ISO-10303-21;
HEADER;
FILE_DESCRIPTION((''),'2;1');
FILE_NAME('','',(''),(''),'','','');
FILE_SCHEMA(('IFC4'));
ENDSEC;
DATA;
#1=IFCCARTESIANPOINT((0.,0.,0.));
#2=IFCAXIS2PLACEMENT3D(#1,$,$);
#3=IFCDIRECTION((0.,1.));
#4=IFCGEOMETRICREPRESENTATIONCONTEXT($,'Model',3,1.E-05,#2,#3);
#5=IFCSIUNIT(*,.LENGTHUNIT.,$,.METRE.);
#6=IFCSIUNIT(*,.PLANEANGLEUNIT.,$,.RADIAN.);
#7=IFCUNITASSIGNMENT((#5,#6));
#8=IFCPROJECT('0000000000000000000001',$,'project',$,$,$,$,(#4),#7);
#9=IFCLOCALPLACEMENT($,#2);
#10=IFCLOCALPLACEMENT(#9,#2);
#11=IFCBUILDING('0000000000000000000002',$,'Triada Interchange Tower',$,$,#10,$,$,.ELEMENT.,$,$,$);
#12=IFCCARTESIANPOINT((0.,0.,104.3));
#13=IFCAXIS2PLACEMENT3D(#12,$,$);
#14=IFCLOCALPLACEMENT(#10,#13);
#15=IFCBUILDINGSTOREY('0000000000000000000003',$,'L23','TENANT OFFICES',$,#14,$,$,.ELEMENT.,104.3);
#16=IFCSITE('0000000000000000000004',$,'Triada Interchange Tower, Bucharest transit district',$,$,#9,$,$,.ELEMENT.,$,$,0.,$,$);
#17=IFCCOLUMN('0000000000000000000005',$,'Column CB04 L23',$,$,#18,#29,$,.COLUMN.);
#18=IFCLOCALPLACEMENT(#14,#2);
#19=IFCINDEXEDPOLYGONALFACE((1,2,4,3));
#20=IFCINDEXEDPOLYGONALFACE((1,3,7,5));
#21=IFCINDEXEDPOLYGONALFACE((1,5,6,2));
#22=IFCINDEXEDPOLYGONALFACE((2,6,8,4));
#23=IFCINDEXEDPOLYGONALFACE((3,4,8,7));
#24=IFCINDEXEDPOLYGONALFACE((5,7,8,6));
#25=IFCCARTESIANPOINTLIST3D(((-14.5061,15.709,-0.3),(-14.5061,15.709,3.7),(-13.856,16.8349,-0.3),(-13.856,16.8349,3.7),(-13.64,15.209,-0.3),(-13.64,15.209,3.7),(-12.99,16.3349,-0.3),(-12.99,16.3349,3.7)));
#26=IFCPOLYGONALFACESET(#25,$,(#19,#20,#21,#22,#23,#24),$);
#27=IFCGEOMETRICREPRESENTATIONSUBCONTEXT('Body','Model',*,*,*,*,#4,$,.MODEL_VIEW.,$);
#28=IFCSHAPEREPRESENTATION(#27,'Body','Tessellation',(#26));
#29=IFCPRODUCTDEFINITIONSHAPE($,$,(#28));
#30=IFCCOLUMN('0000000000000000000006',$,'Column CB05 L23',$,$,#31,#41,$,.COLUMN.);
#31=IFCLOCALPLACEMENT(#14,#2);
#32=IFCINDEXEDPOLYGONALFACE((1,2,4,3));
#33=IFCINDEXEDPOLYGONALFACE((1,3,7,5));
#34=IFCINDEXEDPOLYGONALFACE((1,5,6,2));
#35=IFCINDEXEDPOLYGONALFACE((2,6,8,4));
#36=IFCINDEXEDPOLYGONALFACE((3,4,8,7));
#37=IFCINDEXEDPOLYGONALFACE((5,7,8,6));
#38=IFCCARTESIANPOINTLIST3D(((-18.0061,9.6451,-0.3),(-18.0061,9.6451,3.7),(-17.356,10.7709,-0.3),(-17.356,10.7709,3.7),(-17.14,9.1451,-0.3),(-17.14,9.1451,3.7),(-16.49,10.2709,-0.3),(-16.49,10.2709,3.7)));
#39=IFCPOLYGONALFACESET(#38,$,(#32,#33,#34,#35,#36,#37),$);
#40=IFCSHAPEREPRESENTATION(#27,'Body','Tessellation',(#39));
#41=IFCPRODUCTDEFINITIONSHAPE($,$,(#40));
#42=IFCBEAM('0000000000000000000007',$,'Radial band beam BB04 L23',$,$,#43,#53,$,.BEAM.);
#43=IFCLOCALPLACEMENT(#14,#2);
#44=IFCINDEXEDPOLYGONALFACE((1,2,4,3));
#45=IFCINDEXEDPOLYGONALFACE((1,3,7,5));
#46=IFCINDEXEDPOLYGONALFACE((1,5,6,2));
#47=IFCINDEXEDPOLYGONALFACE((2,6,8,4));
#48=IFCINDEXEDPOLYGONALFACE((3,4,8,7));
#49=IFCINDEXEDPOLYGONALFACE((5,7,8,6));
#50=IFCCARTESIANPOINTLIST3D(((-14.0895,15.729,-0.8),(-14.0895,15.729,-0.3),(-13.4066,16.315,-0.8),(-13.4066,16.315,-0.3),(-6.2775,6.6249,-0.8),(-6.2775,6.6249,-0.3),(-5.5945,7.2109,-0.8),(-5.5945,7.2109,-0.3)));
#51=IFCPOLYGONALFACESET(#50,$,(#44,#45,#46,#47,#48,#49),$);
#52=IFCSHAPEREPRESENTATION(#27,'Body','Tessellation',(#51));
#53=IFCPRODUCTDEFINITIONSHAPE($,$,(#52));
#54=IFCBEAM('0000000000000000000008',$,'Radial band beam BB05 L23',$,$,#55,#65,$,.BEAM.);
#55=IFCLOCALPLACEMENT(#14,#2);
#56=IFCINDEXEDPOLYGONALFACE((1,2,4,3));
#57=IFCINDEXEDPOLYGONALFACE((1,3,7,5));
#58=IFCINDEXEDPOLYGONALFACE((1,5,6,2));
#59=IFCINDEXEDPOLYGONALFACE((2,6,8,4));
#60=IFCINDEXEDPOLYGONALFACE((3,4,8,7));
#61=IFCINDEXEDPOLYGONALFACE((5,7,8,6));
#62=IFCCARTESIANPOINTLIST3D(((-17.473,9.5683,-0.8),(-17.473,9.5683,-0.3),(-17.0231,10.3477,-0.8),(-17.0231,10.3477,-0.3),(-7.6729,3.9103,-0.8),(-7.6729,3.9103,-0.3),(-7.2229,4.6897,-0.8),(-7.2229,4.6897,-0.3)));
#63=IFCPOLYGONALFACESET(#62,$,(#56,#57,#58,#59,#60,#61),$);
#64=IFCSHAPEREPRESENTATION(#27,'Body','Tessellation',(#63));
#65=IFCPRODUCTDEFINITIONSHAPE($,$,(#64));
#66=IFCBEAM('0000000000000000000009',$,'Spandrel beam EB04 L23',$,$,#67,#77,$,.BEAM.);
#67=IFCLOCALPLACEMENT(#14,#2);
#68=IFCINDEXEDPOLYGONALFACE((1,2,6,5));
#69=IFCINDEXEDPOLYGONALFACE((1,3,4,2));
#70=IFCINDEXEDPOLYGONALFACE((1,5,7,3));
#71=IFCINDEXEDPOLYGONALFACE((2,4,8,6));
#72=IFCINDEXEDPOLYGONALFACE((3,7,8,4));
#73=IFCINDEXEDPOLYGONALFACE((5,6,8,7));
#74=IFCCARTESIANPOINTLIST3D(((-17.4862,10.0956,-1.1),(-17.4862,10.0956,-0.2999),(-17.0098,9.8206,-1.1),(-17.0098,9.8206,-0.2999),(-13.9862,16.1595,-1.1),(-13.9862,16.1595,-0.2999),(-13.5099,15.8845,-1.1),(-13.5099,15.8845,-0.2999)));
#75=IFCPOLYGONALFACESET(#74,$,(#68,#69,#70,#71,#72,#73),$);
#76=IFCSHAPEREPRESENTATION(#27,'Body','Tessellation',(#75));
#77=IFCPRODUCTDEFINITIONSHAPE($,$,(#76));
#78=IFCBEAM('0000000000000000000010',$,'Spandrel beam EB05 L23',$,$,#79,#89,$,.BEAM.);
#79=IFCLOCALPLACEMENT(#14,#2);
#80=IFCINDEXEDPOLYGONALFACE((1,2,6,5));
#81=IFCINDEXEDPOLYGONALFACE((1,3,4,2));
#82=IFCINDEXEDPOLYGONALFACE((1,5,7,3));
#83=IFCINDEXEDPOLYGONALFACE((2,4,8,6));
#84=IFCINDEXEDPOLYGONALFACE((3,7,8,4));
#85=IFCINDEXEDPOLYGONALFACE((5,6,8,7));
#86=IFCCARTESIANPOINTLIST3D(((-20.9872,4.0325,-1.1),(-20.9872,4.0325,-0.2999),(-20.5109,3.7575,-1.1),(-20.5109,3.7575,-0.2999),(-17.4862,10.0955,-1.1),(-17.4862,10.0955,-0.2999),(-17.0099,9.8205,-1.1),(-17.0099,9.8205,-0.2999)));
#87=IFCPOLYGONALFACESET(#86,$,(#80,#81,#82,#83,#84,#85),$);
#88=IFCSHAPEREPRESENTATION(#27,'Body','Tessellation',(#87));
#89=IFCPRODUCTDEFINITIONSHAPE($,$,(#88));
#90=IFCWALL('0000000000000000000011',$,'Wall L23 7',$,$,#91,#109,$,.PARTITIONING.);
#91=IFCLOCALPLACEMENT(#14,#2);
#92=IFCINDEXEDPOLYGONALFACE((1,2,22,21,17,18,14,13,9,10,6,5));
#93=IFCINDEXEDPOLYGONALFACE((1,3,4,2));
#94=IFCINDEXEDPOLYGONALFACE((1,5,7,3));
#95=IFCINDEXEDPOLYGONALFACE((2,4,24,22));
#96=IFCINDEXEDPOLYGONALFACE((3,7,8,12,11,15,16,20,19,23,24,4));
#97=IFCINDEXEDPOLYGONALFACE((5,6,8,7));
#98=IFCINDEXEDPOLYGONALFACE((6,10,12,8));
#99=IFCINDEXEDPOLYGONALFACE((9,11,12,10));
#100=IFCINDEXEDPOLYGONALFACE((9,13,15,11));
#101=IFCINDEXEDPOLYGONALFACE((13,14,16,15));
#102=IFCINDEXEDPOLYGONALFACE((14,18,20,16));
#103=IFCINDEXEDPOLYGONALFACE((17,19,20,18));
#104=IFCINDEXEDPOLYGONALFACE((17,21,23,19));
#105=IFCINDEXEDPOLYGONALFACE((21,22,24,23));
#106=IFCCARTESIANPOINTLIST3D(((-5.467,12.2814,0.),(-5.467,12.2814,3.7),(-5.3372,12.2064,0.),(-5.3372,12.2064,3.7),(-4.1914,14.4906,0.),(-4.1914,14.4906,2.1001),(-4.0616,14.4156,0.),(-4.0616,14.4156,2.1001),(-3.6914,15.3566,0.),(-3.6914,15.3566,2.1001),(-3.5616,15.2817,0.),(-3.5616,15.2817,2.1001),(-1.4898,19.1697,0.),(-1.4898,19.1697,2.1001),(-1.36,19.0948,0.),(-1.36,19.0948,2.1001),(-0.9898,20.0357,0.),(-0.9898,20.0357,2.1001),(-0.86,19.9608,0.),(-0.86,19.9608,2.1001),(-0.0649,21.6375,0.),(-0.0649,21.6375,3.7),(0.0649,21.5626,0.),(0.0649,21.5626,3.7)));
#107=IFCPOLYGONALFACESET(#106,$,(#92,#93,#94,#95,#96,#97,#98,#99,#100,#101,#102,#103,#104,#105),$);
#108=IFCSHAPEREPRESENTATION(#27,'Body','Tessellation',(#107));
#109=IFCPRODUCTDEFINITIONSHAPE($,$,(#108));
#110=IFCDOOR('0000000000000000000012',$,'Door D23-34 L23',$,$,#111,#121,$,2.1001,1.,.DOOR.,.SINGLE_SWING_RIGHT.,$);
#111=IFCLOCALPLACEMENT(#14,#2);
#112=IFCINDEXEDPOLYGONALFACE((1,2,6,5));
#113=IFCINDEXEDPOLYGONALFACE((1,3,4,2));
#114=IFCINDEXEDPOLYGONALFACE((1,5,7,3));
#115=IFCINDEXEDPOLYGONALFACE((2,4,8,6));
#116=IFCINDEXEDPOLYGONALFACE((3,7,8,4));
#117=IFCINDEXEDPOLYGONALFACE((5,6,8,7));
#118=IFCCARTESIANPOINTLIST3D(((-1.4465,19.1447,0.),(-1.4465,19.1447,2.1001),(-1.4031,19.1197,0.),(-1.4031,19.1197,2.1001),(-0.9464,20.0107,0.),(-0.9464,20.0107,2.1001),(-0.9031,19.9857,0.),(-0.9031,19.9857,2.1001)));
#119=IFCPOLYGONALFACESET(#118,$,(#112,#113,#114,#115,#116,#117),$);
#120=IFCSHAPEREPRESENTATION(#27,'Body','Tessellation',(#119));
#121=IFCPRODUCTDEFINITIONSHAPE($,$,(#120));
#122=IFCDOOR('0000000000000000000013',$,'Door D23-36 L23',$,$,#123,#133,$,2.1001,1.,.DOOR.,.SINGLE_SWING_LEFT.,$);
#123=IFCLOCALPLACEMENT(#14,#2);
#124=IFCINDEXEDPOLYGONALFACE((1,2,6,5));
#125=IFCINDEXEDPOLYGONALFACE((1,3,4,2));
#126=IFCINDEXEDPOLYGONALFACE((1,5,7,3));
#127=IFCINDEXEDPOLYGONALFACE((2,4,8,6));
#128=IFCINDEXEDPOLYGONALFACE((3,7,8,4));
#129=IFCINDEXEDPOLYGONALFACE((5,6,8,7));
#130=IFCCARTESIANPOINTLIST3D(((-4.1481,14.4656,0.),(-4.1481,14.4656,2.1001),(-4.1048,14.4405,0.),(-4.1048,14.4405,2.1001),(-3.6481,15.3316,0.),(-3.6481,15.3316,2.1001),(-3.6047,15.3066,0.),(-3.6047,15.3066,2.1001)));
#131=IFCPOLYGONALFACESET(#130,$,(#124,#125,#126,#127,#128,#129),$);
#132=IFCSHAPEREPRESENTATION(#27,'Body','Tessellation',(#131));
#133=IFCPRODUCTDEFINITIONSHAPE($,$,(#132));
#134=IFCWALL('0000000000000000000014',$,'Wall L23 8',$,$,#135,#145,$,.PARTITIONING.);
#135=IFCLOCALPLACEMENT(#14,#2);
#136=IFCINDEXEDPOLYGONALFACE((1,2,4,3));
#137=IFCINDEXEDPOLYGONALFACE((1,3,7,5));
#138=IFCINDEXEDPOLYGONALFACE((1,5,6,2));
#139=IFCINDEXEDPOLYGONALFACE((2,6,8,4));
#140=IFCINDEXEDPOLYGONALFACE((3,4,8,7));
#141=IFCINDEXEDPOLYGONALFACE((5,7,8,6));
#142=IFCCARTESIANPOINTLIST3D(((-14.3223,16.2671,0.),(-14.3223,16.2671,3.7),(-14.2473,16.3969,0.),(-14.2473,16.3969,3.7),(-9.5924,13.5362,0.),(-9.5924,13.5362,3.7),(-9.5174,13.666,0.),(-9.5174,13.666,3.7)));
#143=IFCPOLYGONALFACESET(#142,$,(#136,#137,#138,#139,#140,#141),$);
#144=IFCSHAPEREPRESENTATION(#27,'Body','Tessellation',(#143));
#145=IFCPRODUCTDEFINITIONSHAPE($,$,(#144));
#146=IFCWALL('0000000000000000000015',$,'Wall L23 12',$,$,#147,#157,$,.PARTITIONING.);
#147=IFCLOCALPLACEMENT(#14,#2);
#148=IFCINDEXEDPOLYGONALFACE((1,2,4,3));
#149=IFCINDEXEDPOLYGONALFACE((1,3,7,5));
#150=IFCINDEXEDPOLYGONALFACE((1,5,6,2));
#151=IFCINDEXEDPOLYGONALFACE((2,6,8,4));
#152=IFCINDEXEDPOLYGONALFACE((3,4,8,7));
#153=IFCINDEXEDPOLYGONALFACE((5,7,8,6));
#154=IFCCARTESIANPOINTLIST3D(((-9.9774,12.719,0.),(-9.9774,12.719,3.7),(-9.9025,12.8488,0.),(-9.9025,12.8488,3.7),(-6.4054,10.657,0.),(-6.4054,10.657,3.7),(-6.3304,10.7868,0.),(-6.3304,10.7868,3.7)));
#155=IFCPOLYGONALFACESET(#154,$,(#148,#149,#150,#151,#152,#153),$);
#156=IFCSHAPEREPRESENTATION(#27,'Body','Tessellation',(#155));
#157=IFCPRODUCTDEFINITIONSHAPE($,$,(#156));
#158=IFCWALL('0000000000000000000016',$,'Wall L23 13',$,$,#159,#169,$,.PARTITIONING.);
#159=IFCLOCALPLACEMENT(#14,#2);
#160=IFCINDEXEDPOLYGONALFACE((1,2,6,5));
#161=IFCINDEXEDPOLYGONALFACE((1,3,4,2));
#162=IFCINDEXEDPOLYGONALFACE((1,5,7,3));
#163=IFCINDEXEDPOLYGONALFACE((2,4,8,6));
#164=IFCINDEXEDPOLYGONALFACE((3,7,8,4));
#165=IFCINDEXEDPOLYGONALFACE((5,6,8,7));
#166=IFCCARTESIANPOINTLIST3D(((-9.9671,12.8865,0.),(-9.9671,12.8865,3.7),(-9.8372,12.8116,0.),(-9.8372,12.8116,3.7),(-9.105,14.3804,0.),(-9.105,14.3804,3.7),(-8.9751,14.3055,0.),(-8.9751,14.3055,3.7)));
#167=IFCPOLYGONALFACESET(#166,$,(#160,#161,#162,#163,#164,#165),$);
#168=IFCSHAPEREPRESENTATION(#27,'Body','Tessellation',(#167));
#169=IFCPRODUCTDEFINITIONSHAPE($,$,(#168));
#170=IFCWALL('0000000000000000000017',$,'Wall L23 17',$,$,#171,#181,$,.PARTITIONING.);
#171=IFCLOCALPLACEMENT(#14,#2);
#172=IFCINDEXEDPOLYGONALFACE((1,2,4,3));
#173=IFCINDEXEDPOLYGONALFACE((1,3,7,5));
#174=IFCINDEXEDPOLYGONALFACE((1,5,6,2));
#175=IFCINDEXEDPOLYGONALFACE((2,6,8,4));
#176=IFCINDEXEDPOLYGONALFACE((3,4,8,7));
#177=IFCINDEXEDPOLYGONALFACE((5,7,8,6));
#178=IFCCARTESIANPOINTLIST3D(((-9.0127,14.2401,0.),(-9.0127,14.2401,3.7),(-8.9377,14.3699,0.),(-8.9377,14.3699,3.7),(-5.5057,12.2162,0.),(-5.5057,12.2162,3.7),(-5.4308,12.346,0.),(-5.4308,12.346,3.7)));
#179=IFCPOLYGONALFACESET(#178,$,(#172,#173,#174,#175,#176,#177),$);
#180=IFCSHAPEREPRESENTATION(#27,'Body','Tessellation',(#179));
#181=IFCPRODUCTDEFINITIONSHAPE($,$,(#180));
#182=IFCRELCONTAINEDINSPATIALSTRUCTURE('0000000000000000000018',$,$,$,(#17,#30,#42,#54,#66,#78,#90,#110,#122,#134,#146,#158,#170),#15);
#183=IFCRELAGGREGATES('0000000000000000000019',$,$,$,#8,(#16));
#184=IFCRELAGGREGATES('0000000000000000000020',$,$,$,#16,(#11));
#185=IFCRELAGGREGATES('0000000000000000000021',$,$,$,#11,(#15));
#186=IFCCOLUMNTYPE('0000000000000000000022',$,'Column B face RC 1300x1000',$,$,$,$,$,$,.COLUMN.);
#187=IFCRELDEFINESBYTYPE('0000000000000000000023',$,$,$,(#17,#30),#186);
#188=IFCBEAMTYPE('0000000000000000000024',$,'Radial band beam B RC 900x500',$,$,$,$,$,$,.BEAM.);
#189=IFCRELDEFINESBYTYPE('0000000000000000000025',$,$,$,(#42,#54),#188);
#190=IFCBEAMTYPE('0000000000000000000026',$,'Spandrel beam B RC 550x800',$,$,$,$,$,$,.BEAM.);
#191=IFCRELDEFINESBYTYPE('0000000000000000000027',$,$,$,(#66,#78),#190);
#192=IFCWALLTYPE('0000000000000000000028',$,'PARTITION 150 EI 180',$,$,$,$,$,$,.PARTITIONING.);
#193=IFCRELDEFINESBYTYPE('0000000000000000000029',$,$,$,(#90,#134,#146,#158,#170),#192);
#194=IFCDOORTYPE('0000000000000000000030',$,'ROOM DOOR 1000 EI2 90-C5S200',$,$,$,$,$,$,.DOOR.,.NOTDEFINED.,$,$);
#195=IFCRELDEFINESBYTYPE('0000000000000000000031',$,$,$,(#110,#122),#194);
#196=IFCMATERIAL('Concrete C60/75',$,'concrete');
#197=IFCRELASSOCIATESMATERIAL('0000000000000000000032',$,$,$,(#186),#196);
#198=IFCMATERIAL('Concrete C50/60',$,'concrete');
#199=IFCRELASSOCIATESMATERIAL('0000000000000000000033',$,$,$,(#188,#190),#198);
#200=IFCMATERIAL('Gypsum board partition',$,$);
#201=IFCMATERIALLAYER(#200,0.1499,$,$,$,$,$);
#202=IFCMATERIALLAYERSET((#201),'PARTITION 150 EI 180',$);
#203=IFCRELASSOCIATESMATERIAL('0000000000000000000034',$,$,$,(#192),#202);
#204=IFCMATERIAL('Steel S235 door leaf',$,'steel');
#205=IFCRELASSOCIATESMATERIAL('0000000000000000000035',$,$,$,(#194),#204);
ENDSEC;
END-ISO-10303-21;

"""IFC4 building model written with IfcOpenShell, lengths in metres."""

from ifc_helpers import new_model, si_unit, direction, frame, frame_2d, origin, origin_2d, place, context, subcontext, project, spatial, rectangle, extrude, material, layer, layer_set, material_profile, profile_set, type_object, element, fill, save


model = new_model("IFC4")

# Units and contexts
model_context = context("Model", 3, precision=1e-05, world=origin(), true_north=direction((0.0, 1.0)))
body_context = subcontext(model_context, "Body", "Model", "MODEL_VIEW")
ifc_project = project(units=[si_unit("LENGTHUNIT", "METRE"), si_unit("PLANEANGLEUNIT", "RADIAN")], contexts=[model_context])

# Site, building, storey
site_placement = place(None, origin())
site = spatial("IfcSite", under=ifc_project, at=site_placement, Name="Triada Interchange Tower, Bucharest transit district", CompositionType="ELEMENT", RefElevation=0.0)
building_placement = place(site_placement, origin())
building = spatial("IfcBuilding", under=site, at=building_placement, Name="Triada Interchange Tower", CompositionType="ELEMENT")
storey_placement = place(building_placement, frame((0.0, 0.0, 104.3)))
storey = spatial("IfcBuildingStorey", under=building, at=storey_placement, Name="L23", Description="TENANT OFFICES", CompositionType="ELEMENT", Elevation=104.3)

# Columns
ifc_material_1 = material(Name="Concrete C60/75", Category="concrete")
ifc_material_profile_1 = material_profile(ifc_material_1, rectangle(XDim=1.3, YDim=1.0, at=origin_2d()), Name="RC 1300x1000")
ifc_profile_set_1 = profile_set([ifc_material_profile_1], Name="Concrete C60/75")
column_type = type_object("IfcColumnType", Name="Column B face RC 1300x1000", PredefinedType="COLUMN", material=ifc_profile_set_1)
for number, where, z_axis, x_axis, name in (
    (1, (-13.748, 16.022, -0.3), (0.0, 0.0, 1.0), (0.5, 0.866025, 0.0), "Column CB04 L23"),
    (2, (-17.248, 9.958, -0.3), (0.0, 0.0, 1.0), (0.5, 0.866025, 0.0), "Column CB05 L23"),
):
    element("IfcColumn", number, at=place(storey_placement, frame(where, z_axis=z_axis, x_axis=x_axis)), inside=storey, type_object=column_type, Name=name, PredefinedType="COLUMN", context=body_context, shape_type="SweptSolid", body=[
        extrude(rectangle(XDim=1.3, YDim=1.0, at=origin_2d()), origin(), (0.0, 0.0, 1.0), 4.0),
    ])

# Beams
ifc_material_2 = material(Name="Concrete C50/60", Category="concrete")
ifc_material_profile_2 = material_profile(ifc_material_2, rectangle(XDim=0.8999, YDim=0.5, at=origin_2d()), Name="RC 900x500")
ifc_profile_set_2 = profile_set([ifc_material_profile_2], Name="Concrete C50/60")
beam_type_1 = type_object("IfcBeamType", Name="Radial band beam B RC 900x500", PredefinedType="BEAM", material=ifc_profile_set_2)
beam_1_placement = place(storey_placement, frame((-13.748, 16.022, -0.55), z_axis=(0.651204, -0.758903, 0.0), x_axis=(0.758903, 0.651204, 0.0)))
element("IfcBeam", 3, at=beam_1_placement, inside=storey, type_object=beam_type_1, Name="Radial band beam BB04 L23", PredefinedType="BEAM", context=body_context, shape_type="SweptSolid", body=[
    extrude(rectangle(XDim=0.8999, YDim=0.5, at=origin_2d()), origin(), (0.0, 0.0, 1.0), 11.9963),
])
beam_2_placement = place(storey_placement, frame((-17.248, 9.958, -0.55), z_axis=(0.866029, -0.499993, 0.0), x_axis=(0.499993, 0.866029, 0.0)))
element("IfcBeam", 4, at=beam_2_placement, inside=storey, type_object=beam_type_1, Name="Radial band beam BB05 L23", PredefinedType="BEAM", context=body_context, shape_type="SweptSolid", body=[
    extrude(rectangle(XDim=0.8999, YDim=0.5, at=origin_2d()), origin(), (0.0, 0.0, 1.0), 11.3162),
])
ifc_material_profile_3 = material_profile(ifc_material_2, rectangle(XDim=0.55, YDim=0.8, at=origin_2d()), Name="RC 550x800")
ifc_profile_set_3 = profile_set([ifc_material_profile_3], Name="Concrete C50/60")
beam_type_2 = type_object("IfcBeamType", Name="Spandrel beam B RC 550x800", PredefinedType="BEAM", material=ifc_profile_set_3)
beam_3_placement = place(storey_placement, frame((-13.748, 16.022, -0.7), z_axis=(-0.499889, -0.866089, 0.0), x_axis=(0.866089, -0.499889, 0.0)))
element("IfcBeam", 5, at=beam_3_placement, inside=storey, type_object=beam_type_2, Name="Spandrel beam EB04 L23", PredefinedType="BEAM", context=body_context, shape_type="SweptSolid", body=[
    extrude(rectangle(XDim=0.55, YDim=0.8, at=origin_2d()), origin(), (0.0, 0.0, 1.0), 7.0015),
])
beam_4_placement = place(storey_placement, frame((-17.248, 9.958, -0.7), z_axis=(-0.500054, -0.865994, 0.0), x_axis=(0.865994, -0.500054, 0.0)))
element("IfcBeam", 6, at=beam_4_placement, inside=storey, type_object=beam_type_2, Name="Spandrel beam EB05 L23", PredefinedType="BEAM", context=body_context, shape_type="SweptSolid", body=[
    extrude(rectangle(XDim=0.55, YDim=0.8, at=origin_2d()), origin(), (0.0, 0.0, 1.0), 7.0012),
])

# Wall, openings, doors
ifc_material_3 = material(Name="Steel S235 door leaf", Category="steel")
ifc_material_4 = material(Name="Gypsum board partition")
ifc_layer_1 = layer(ifc_material_4, 0.1499)
ifc_layer_set_1 = layer_set([ifc_layer_1], Name="PARTITION 150 EI 180")
wall_type_1 = type_object("IfcWallType", Name="PARTITION 150 EI 180", PredefinedType="PARTITIONING", material=ifc_layer_set_1)
wall_1_placement = place(storey_placement, frame((-5.4021, 12.2439, 0.0), z_axis=(0.0, 0.0, 1.0), x_axis=(0.50002, 0.866014, 0.0)))
wall_1 = element("IfcWall", 7, at=wall_1_placement, inside=storey, type_object=wall_type_1, Name="Wall L23 7", PredefinedType="PARTITIONING", context=body_context, shape_type="SweptSolid", body=[
    extrude(rectangle(XDim=10.8037, YDim=0.1499, at=frame_2d((5.4019, 0.0))), origin(), (0.0, 0.0, 1.0), 3.7),
])
opening_1_placement = place(wall_1_placement, frame((7.9541, 0.0, 0.0)))
opening_1 = element("IfcOpeningElement", 8, at=opening_1_placement, cuts=wall_1, PredefinedType="OPENING", context=body_context, shape_type="SweptSolid", body=[
    extrude(rectangle(XDim=1.0, YDim=2.1001, at=frame_2d((0.5, 1.05))), frame((0.0, 0.085, 0.0), z_axis=(0.0, -1.0, 0.0), x_axis=(1.0, 0.0, 0.0)), (0.0, 0.0, 1.0), 0.1699),
])
opening_2_placement = place(wall_1_placement, frame((2.551, 0.0, 0.0)))
opening_2 = element("IfcOpeningElement", 9, at=opening_2_placement, cuts=wall_1, PredefinedType="OPENING", context=body_context, shape_type="SweptSolid", body=[
    extrude(rectangle(XDim=1.0, YDim=2.1001, at=frame_2d((0.5, 1.05))), frame((0.0, 0.085, 0.0), z_axis=(0.0, -1.0, 0.0), x_axis=(1.0, 0.0, 0.0)), (0.0, 0.0, 1.0), 0.1699),
])
door_type_1 = type_object("IfcDoorType", Name="ROOM DOOR 1000 EI2 90-C5S200", OperationType="NOTDEFINED", PredefinedType="DOOR", material=ifc_material_3)
door_1_placement = place(opening_1_placement, origin())
door_1 = element("IfcDoor", 10, at=door_1_placement, inside=storey, type_object=door_type_1, Name="Door D23-34 L23", OperationType="SINGLE_SWING_RIGHT", OverallHeight=2.1001, OverallWidth=1.0, PredefinedType="DOOR", context=body_context, shape_type="SweptSolid", body=[
    extrude(rectangle(XDim=1.0, YDim=2.1001, at=frame_2d((0.5, 1.05))), frame((0.0, 0.0249, 0.0), z_axis=(0.0, -1.0, 0.0), x_axis=(1.0, 0.0, 0.0)), (0.0, 0.0, 1.0), 0.05),
])
fill(opening_1, door_1)
door_2_placement = place(opening_2_placement, origin())
door_2 = element("IfcDoor", 11, at=door_2_placement, inside=storey, type_object=door_type_1, Name="Door D23-36 L23", OperationType="SINGLE_SWING_LEFT", OverallHeight=2.1001, OverallWidth=1.0, PredefinedType="DOOR", context=body_context, shape_type="SweptSolid", body=[
    extrude(rectangle(XDim=1.0, YDim=2.1001, at=frame_2d((0.5, 1.05))), frame((0.0, 0.0249, 0.0), z_axis=(0.0, -1.0, 0.0), x_axis=(1.0, 0.0, 0.0)), (0.0, 0.0, 1.0), 0.05),
])
fill(opening_2, door_2)

# Walls
wall_2_placement = place(storey_placement, frame((-14.2849, 16.332, 0.0), z_axis=(0.0, 0.0, 1.0), x_axis=(0.866017, -0.500014, 0.0)))
element("IfcWall", 12, at=wall_2_placement, inside=storey, type_object=wall_type_1, Name="Wall L23 8", PredefinedType="PARTITIONING", context=body_context, shape_type="SweptSolid", body=[
    extrude(rectangle(XDim=5.4617, YDim=0.1499, at=frame_2d((2.731, 0.0))), origin(), (0.0, 0.0, 1.0), 3.7),
])
wall_3_placement = place(storey_placement, frame((-9.9399, 12.7839, 0.0), z_axis=(0.0, 0.0, 1.0), x_axis=(0.866056, -0.499946, 0.0)))
element("IfcWall", 13, at=wall_3_placement, inside=storey, type_object=wall_type_1, Name="Wall L23 12", PredefinedType="PARTITIONING", context=body_context, shape_type="SweptSolid", body=[
    extrude(rectangle(XDim=4.1245, YDim=0.1499, at=frame_2d((2.0623, 0.0))), origin(), (0.0, 0.0, 1.0), 3.7),
])
wall_4_placement = place(storey_placement, frame((-9.9021, 12.8491, 0.0), z_axis=(0.0, 0.0, 1.0), x_axis=(0.499808, 0.866136, 0.0)))
element("IfcWall", 14, at=wall_4_placement, inside=storey, type_object=wall_type_1, Name="Wall L23 13", PredefinedType="PARTITIONING", context=body_context, shape_type="SweptSolid", body=[
    extrude(rectangle(XDim=1.7249, YDim=0.1499, at=frame_2d((0.8623, 0.0))), origin(), (0.0, 0.0, 1.0), 3.7),
])
wall_5_placement = place(storey_placement, frame((-8.9751, 14.3049, 0.0), z_axis=(0.0, 0.0, 1.0), x_axis=(0.86612, -0.499836, 0.0)))
element("IfcWall", 15, at=wall_5_placement, inside=storey, type_object=wall_type_1, Name="Wall L23 17", PredefinedType="PARTITIONING", context=body_context, shape_type="SweptSolid", body=[
    extrude(rectangle(XDim=4.0491, YDim=0.1499, at=frame_2d((2.0244, 0.0))), origin(), (0.0, 0.0, 1.0), 3.7),
])

save(model, "model.ifc")
